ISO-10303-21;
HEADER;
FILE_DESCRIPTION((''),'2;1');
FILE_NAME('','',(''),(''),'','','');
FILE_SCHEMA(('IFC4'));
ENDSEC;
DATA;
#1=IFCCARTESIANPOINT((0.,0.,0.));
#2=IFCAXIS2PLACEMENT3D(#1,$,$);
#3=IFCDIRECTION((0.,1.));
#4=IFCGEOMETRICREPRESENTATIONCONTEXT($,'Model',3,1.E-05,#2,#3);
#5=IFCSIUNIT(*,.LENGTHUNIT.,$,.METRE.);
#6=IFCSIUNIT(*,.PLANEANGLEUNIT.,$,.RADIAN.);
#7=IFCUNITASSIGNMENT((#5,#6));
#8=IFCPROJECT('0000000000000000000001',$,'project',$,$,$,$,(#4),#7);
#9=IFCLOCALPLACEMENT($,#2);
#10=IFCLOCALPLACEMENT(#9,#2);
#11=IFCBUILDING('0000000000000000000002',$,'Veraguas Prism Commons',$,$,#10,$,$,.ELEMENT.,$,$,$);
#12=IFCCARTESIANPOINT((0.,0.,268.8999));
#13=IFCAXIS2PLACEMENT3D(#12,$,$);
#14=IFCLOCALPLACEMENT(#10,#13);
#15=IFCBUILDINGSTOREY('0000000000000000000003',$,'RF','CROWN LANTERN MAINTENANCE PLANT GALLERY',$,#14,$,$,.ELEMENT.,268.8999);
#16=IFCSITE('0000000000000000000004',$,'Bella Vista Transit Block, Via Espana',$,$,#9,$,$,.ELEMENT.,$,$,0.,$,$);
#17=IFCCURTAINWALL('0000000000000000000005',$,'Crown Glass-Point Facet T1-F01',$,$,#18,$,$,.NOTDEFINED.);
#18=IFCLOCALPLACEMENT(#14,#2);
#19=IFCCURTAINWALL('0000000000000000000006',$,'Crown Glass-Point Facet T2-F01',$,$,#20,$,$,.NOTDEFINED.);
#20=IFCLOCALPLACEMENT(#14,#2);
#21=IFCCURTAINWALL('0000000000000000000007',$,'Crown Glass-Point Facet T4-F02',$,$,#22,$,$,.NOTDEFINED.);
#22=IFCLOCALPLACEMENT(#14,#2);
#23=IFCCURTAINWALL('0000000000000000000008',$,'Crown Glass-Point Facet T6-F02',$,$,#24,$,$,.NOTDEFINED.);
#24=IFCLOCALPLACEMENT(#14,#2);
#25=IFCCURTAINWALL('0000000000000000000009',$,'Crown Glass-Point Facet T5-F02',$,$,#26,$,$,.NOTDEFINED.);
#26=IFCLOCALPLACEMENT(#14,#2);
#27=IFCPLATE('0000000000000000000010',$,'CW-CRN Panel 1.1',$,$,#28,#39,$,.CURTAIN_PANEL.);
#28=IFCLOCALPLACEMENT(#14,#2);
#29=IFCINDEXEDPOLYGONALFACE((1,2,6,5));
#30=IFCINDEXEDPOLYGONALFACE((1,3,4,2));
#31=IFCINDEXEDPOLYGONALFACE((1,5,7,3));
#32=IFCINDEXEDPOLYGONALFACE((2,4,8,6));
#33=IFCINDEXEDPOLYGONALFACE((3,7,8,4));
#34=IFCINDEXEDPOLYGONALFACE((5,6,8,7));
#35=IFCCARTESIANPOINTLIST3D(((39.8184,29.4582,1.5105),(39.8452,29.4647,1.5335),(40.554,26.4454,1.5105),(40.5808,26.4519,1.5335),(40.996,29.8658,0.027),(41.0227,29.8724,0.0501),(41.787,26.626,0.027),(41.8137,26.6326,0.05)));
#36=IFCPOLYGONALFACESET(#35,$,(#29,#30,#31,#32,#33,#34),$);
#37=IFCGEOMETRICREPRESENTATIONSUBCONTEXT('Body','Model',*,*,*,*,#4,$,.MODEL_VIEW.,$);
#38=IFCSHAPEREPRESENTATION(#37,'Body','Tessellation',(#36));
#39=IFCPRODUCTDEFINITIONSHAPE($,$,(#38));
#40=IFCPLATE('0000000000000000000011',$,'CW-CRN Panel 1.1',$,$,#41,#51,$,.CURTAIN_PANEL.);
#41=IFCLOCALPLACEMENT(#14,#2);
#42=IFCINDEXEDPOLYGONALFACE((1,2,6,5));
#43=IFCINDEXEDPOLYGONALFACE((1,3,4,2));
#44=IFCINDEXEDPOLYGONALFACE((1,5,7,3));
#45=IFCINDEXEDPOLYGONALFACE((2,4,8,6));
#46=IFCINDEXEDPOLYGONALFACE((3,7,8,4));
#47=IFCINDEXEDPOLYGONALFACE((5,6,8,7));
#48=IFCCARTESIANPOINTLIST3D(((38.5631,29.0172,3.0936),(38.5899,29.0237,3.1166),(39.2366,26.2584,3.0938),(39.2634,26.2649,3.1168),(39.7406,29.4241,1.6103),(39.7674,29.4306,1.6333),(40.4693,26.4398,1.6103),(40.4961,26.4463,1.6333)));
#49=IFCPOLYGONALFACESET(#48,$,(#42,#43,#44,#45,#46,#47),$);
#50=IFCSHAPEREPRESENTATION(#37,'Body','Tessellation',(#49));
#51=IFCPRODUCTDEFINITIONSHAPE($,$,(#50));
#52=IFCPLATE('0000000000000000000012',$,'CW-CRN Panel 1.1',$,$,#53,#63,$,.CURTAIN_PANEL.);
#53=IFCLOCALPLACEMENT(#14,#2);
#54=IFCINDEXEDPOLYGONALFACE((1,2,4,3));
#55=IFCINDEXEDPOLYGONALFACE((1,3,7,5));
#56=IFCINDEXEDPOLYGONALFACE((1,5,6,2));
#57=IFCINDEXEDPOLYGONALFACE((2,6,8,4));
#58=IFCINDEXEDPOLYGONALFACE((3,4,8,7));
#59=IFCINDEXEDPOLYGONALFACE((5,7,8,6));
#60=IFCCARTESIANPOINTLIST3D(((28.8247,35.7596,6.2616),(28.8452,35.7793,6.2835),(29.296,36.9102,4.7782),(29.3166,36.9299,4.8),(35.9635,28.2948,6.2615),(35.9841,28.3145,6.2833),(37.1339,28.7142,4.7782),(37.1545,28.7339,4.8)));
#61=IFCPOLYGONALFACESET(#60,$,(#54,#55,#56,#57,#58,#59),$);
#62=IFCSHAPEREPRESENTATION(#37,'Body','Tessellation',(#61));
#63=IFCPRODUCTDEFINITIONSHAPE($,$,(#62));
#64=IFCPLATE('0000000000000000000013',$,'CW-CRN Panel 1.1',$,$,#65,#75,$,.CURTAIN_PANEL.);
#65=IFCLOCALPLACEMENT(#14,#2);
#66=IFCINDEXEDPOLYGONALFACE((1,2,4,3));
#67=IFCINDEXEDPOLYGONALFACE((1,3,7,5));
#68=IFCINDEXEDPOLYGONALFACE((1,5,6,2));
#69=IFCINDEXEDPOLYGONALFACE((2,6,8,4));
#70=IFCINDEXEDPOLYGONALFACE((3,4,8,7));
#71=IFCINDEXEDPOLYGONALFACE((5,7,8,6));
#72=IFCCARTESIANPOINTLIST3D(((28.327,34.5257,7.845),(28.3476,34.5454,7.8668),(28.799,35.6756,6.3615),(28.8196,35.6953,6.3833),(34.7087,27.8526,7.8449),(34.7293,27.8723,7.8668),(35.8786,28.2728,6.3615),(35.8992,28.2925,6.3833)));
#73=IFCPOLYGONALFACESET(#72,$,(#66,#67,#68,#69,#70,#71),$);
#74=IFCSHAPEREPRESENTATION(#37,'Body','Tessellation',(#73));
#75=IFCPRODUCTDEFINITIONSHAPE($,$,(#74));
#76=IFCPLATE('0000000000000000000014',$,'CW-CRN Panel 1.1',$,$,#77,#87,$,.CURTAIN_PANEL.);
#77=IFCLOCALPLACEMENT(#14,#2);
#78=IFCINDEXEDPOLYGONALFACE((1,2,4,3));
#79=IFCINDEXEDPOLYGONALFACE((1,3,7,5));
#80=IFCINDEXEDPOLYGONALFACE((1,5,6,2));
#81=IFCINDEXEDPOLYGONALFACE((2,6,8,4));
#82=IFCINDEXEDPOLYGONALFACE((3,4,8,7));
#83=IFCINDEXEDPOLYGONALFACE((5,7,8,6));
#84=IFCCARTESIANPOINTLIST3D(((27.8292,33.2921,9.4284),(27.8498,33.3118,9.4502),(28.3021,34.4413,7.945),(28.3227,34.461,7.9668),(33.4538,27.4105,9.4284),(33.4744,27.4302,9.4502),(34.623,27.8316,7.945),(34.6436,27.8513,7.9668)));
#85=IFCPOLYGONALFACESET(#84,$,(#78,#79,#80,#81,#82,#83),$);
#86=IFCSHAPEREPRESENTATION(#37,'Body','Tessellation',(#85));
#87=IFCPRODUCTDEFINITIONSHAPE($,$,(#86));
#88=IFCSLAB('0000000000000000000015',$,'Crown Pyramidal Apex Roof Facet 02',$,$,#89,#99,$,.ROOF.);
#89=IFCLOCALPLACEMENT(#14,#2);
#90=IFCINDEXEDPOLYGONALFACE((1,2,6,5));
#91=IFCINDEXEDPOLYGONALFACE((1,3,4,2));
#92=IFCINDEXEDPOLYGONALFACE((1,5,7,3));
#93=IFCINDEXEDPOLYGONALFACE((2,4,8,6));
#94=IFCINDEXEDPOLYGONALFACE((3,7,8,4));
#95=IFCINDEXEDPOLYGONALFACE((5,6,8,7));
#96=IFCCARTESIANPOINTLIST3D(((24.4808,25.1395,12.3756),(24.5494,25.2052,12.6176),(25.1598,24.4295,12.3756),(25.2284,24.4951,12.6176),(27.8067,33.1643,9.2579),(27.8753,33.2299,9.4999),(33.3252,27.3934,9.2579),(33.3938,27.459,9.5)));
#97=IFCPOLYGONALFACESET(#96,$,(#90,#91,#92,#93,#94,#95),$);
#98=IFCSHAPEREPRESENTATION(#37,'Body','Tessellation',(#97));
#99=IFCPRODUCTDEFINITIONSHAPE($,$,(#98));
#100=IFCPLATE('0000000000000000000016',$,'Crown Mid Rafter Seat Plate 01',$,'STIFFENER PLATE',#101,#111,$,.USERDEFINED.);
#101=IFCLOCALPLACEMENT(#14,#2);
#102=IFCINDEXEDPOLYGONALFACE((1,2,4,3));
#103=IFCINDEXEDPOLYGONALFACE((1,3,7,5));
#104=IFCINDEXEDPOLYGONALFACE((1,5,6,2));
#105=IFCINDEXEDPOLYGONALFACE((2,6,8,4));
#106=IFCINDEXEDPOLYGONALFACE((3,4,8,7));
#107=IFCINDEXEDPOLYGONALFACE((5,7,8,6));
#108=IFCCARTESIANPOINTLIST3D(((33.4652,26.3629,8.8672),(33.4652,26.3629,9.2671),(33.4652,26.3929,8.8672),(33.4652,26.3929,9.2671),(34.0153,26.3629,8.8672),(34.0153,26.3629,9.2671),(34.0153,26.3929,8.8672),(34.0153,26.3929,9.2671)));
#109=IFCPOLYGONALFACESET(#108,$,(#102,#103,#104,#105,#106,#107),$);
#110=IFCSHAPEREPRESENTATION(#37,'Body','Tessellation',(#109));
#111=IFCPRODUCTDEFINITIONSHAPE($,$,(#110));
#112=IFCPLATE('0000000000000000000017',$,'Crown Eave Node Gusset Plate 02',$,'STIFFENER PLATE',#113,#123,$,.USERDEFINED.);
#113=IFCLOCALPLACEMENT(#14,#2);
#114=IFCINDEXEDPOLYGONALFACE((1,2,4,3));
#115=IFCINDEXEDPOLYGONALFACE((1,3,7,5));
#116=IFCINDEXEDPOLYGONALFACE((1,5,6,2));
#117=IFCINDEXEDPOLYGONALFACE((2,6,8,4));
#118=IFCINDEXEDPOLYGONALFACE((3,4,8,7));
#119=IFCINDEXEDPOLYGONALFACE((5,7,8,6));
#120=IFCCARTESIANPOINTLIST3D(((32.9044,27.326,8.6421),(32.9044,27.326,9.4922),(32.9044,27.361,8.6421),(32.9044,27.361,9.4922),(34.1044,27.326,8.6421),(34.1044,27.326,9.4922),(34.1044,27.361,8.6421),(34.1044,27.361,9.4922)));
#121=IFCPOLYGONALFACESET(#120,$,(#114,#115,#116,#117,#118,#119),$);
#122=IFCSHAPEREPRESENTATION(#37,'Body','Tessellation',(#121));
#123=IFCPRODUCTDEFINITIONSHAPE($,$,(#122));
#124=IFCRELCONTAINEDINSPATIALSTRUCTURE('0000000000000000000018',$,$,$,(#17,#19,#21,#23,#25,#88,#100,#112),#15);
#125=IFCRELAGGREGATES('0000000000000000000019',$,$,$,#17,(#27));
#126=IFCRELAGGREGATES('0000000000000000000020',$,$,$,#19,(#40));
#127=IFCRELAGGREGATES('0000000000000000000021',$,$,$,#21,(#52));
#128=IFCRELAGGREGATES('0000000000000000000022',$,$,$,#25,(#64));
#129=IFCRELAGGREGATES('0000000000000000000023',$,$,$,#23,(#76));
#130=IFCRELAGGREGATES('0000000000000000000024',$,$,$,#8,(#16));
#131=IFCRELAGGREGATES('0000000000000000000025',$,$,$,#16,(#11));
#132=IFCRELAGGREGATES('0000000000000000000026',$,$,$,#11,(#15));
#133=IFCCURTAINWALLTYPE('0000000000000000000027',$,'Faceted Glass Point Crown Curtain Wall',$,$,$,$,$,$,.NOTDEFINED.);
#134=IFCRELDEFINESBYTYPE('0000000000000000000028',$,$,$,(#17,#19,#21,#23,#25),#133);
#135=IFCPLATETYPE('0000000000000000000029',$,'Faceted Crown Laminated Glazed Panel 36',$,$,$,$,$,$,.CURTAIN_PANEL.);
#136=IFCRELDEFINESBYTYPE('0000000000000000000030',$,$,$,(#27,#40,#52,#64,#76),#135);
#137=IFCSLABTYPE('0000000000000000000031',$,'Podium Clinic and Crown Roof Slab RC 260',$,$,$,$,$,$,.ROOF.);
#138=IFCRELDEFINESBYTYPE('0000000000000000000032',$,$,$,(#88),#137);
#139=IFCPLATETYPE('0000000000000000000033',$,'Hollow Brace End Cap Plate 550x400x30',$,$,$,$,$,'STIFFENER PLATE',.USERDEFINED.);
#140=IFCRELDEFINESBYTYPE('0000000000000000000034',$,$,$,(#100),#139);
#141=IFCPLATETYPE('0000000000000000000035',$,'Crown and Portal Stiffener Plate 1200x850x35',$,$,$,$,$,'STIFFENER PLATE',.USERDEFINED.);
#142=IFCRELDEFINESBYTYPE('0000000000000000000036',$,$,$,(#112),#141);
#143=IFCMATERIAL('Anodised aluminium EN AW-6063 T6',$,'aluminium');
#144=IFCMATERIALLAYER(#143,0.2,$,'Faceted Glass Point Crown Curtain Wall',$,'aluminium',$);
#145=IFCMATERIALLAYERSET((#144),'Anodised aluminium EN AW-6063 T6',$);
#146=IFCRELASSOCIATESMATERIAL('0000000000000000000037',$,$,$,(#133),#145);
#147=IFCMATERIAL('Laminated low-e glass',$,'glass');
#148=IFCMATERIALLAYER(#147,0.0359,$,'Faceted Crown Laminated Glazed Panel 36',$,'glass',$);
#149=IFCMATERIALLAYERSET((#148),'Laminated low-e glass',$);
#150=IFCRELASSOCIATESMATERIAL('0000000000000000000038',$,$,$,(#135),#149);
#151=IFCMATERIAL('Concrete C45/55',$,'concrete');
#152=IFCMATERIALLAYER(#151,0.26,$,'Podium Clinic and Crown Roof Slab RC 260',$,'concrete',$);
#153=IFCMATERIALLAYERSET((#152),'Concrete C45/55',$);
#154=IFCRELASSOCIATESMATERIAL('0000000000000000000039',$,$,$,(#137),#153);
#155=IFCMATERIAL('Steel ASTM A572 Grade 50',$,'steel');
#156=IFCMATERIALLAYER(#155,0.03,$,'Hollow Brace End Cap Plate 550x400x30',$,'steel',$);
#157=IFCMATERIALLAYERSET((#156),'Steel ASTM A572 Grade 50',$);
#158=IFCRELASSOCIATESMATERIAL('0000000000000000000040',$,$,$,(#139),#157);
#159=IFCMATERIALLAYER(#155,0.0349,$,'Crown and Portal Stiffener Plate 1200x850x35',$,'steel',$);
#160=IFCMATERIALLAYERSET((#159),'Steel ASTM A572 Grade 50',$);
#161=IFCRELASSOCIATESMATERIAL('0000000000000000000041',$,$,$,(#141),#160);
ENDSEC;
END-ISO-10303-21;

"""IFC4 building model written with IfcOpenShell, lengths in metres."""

from ifc_helpers import new_model, si_unit, direction, frame, origin, origin_2d, place, context, subcontext, project, spatial, polyline, rectangle, outline, extrude, source, transform, mapped, material, layer, layer_set, type_object, element, aggregate, save


model = new_model("IFC4")

# Units and contexts
model_context = context("Model", 3, precision=1e-05, world=origin(), true_north=direction((0.0, 1.0)))
body_context = subcontext(model_context, "Body", "Model", "MODEL_VIEW")
ifc_project = project(units=[si_unit("LENGTHUNIT", "METRE"), si_unit("PLANEANGLEUNIT", "RADIAN")], contexts=[model_context])

# Site, building, storey
site_placement = place(None, origin())
site = spatial("IfcSite", under=ifc_project, at=site_placement, Name="Bella Vista Transit Block, Via Espana", CompositionType="ELEMENT", RefElevation=0.0)
building_placement = place(site_placement, origin())
building = spatial("IfcBuilding", under=site, at=building_placement, Name="Veraguas Prism Commons", CompositionType="ELEMENT")
storey_placement = place(building_placement, frame((0.0, 0.0, 268.8999)))
storey = spatial("IfcBuildingStorey", under=building, at=storey_placement, Name="RF", Description="CROWN LANTERN MAINTENANCE PLANT GALLERY", CompositionType="ELEMENT", Elevation=268.8999)

# Curtain walls
ifc_material_1 = material(Name="Anodised aluminium EN AW-6063 T6", Category="aluminium")
ifc_layer_1 = layer(ifc_material_1, 0.2, Name="Faceted Glass Point Crown Curtain Wall", Category="aluminium")
ifc_layer_set_1 = layer_set([ifc_layer_1], Name="Anodised aluminium EN AW-6063 T6")
curtain_wall_type = type_object("IfcCurtainWallType", Name="Faceted Glass Point Crown Curtain Wall", PredefinedType="NOTDEFINED", material=ifc_layer_set_1)
curtain_wall_1_placement = place(storey_placement, origin())
curtain_wall_1 = element("IfcCurtainWall", 1, at=curtain_wall_1_placement, inside=storey, type_object=curtain_wall_type, Name="Crown Glass-Point Facet T1-F01", PredefinedType="NOTDEFINED")
curtain_wall_2_placement = place(storey_placement, origin())
curtain_wall_2 = element("IfcCurtainWall", 2, at=curtain_wall_2_placement, inside=storey, type_object=curtain_wall_type, Name="Crown Glass-Point Facet T2-F01", PredefinedType="NOTDEFINED")
curtain_wall_3_placement = place(storey_placement, origin())
curtain_wall_3 = element("IfcCurtainWall", 3, at=curtain_wall_3_placement, inside=storey, type_object=curtain_wall_type, Name="Crown Glass-Point Facet T4-F02", PredefinedType="NOTDEFINED")
curtain_wall_4_placement = place(storey_placement, origin())
curtain_wall_4 = element("IfcCurtainWall", 4, at=curtain_wall_4_placement, inside=storey, type_object=curtain_wall_type, Name="Crown Glass-Point Facet T6-F02", PredefinedType="NOTDEFINED")

# Curtain wall
curtain_wall_5_placement = place(storey_placement, origin())
curtain_wall_5 = element("IfcCurtainWall", 5, at=curtain_wall_5_placement, inside=storey, type_object=curtain_wall_type, Name="Crown Glass-Point Facet T5-F02", PredefinedType="NOTDEFINED")

# Plates
ifc_material_2 = material(Name="Laminated low-e glass", Category="glass")
ifc_layer_2 = layer(ifc_material_2, 0.0359, Name="Faceted Crown Laminated Glazed Panel 36", Category="glass")
ifc_layer_set_2 = layer_set([ifc_layer_2], Name="Laminated low-e glass")
plate_type_1 = type_object("IfcPlateType", Name="Faceted Crown Laminated Glazed Panel 36", PredefinedType="CURTAIN_PANEL", material=ifc_layer_set_2)
plate_1_placement = place(storey_placement, frame((41.8137, 26.6326, 0.05), z_axis=(0.745213, 0.181946, 0.641524), x_axis=(-0.237188, 0.971464, 0.000003)))
plate_1 = element("IfcPlate", 6, at=plate_1_placement, type_object=plate_type_1, Name="CW-CRN Panel 1.1", PredefinedType="CURTAIN_PANEL", context=body_context, shape_type="SweptSolid", body=[
    extrude(outline(polyline([(0.0, 0.0), (3.335, 0.0), (3.2183, 1.9338), (0.1169, 1.9338), (0.0, 0.0)])), origin(), (0.0, 0.0, -1.0), 0.0359),
])
aggregate(curtain_wall_1, [plate_1])
plate_2_placement = place(storey_placement, frame((40.4961, 26.4463, 1.6333), z_axis=(0.745231, 0.181968, 0.641497), x_axis=(-0.237213, 0.971458, 0.000007)))
plate_2 = element("IfcPlate", 7, at=plate_2_placement, type_object=plate_type_1, Name="CW-CRN Panel 1.1", PredefinedType="CURTAIN_PANEL", context=body_context, shape_type="SweptSolid", body=[
    extrude(outline(polyline([(0.0, 0.0), (3.072, 0.0), (2.9561, 1.9336), (0.1162, 1.9338), (0.0, 0.0)])), origin(), (0.0, 0.0, -1.0), 0.0359),
])
aggregate(curtain_wall_2, [plate_2])
plate_3_placement = place(storey_placement, frame((37.1545, 28.7339, 4.8), z_axis=(0.573814, 0.548749, 0.607958), x_axis=(-0.691144, 0.722717, -0.000004)))
plate_3 = element("IfcPlate", 8, at=plate_3_placement, type_object=plate_type_1, Name="CW-CRN Panel 1.1", PredefinedType="CURTAIN_PANEL", context=body_context, shape_type="SweptSolid", body=[
    extrude(outline(polyline([(0.0, 0.0), (11.3406, 0.0), (10.8347, 1.8684), (0.5059, 1.8682), (0.0, 0.0)])), origin(), (0.0, 0.0, -1.0), 0.0359),
])
aggregate(curtain_wall_3, [plate_3])
plate_4_placement = place(storey_placement, frame((35.8992, 28.2925, 6.3833), z_axis=(0.573812, 0.548751, 0.607958), x_axis=(-0.69115, 0.722711, 0.000002)))
plate_4 = element("IfcPlate", 9, at=plate_4_placement, type_object=plate_type_1, Name="CW-CRN Panel 1.1", PredefinedType="CURTAIN_PANEL", context=body_context, shape_type="SweptSolid", body=[
    extrude(outline(polyline([(0.0, 0.0), (10.2432, 0.0), (9.7383, 1.8684), (0.5049, 1.8684), (0.0, 0.0)])), origin(), (0.0, 0.0, -1.0), 0.0359),
])
aggregate(curtain_wall_5, [plate_4])
plate_5_placement = place(storey_placement, frame((34.6436, 27.8513, 7.9668), z_axis=(0.573788, 0.548712, 0.608016), x_axis=(-0.691139, 0.722722, 0.000001)))
plate_5 = element("IfcPlate", 10, at=plate_5_placement, type_object=plate_type_1, Name="CW-CRN Panel 1.1", PredefinedType="CURTAIN_PANEL", context=body_context, shape_type="SweptSolid", body=[
    extrude(outline(polyline([(0.0, 0.0), (9.1455, 0.0), (8.6418, 1.8684), (0.5037, 1.8684), (0.0, 0.0)])), origin(), (0.0, 0.0, -1.0), 0.0359),
])
aggregate(curtain_wall_4, [plate_5])

# Slab
ifc_material_3 = material(Name="Concrete C45/55", Category="concrete")
ifc_layer_3 = layer(ifc_material_3, 0.26, Name="Podium Clinic and Crown Roof Slab RC 260", Category="concrete")
ifc_layer_set_3 = layer_set([ifc_layer_3], Name="Concrete C45/55")
slab_type = type_object("IfcSlabType", Name="Podium Clinic and Crown Roof Slab RC 260", PredefinedType="ROOF", material=ifc_layer_set_3)
slab_placement = place(storey_placement, frame((33.3938, 27.459, 9.5), z_axis=(0.263863, 0.252332, 0.93097), x_axis=(-0.691125, 0.722735, -0.000008)))
element("IfcSlab", 11, at=slab_placement, inside=storey, type_object=slab_type, Name="Crown Pyramidal Apex Roof Facet 02", PredefinedType="ROOF", context=body_context, shape_type="SweptSolid", body=[
    extrude(outline(polyline([(0.0, 0.0), (7.9849, 0.0), (4.4836, 8.5393), (3.5012, 8.5393), (0.0, 0.0)])), origin(), (0.0, 0.0, -1.0), 0.26),
])

# Plates
ifc_material_4 = material(Name="Steel ASTM A572 Grade 50", Category="steel")
ifc_layer_4 = layer(ifc_material_4, 0.03, Name="Hollow Brace End Cap Plate 550x400x30", Category="steel")
ifc_layer_set_4 = layer_set([ifc_layer_4], Name="Steel ASTM A572 Grade 50")
plate_type_2 = type_object("IfcPlateType", Name="Hollow Brace End Cap Plate 550x400x30", ElementType="STIFFENER PLATE", PredefinedType="USERDEFINED", material=ifc_layer_set_4)
shared_shape_1 = source(origin(), body_context, "Body", "SweptSolid", [
    extrude(rectangle(XDim=0.55, YDim=0.03, at=origin_2d()), origin(), (0.0, 0.0, 1.0), 0.3999),
])
plate_6_placement = place(storey_placement, frame((33.7402, 26.3779, 8.8672), z_axis=(0.0, 0.0, 1.0), x_axis=(1.0, 0.0, 0.0)))
element("IfcPlate", 12, at=plate_6_placement, inside=storey, type_object=plate_type_2, Name="Crown Mid Rafter Seat Plate 01", ObjectType="STIFFENER PLATE", PredefinedType="USERDEFINED", context=body_context, shape_type="MappedRepresentation", body=[
    mapped(shared_shape_1, transform((0.0, 0.0, 0.0), scale=1.0)),
])
ifc_layer_5 = layer(ifc_material_4, 0.0349, Name="Crown and Portal Stiffener Plate 1200x850x35", Category="steel")
ifc_layer_set_5 = layer_set([ifc_layer_5], Name="Steel ASTM A572 Grade 50")
plate_type_3 = type_object("IfcPlateType", Name="Crown and Portal Stiffener Plate 1200x850x35", ElementType="STIFFENER PLATE", PredefinedType="USERDEFINED", material=ifc_layer_set_5)
shared_shape_2 = source(origin(), body_context, "Body", "SweptSolid", [
    extrude(rectangle(XDim=1.2, YDim=0.0349, at=origin_2d()), origin(), (0.0, 0.0, 1.0), 0.8501),
])
plate_7_placement = place(storey_placement, frame((33.5044, 27.3435, 8.6421), z_axis=(0.0, 0.0, 1.0), x_axis=(1.0, 0.0, 0.0)))
element("IfcPlate", 13, at=plate_7_placement, inside=storey, type_object=plate_type_3, Name="Crown Eave Node Gusset Plate 02", ObjectType="STIFFENER PLATE", PredefinedType="USERDEFINED", context=body_context, shape_type="MappedRepresentation", body=[
    mapped(shared_shape_2, transform((0.0, 0.0, 0.0), scale=1.0)),
])

save(model, "model.ifc")
